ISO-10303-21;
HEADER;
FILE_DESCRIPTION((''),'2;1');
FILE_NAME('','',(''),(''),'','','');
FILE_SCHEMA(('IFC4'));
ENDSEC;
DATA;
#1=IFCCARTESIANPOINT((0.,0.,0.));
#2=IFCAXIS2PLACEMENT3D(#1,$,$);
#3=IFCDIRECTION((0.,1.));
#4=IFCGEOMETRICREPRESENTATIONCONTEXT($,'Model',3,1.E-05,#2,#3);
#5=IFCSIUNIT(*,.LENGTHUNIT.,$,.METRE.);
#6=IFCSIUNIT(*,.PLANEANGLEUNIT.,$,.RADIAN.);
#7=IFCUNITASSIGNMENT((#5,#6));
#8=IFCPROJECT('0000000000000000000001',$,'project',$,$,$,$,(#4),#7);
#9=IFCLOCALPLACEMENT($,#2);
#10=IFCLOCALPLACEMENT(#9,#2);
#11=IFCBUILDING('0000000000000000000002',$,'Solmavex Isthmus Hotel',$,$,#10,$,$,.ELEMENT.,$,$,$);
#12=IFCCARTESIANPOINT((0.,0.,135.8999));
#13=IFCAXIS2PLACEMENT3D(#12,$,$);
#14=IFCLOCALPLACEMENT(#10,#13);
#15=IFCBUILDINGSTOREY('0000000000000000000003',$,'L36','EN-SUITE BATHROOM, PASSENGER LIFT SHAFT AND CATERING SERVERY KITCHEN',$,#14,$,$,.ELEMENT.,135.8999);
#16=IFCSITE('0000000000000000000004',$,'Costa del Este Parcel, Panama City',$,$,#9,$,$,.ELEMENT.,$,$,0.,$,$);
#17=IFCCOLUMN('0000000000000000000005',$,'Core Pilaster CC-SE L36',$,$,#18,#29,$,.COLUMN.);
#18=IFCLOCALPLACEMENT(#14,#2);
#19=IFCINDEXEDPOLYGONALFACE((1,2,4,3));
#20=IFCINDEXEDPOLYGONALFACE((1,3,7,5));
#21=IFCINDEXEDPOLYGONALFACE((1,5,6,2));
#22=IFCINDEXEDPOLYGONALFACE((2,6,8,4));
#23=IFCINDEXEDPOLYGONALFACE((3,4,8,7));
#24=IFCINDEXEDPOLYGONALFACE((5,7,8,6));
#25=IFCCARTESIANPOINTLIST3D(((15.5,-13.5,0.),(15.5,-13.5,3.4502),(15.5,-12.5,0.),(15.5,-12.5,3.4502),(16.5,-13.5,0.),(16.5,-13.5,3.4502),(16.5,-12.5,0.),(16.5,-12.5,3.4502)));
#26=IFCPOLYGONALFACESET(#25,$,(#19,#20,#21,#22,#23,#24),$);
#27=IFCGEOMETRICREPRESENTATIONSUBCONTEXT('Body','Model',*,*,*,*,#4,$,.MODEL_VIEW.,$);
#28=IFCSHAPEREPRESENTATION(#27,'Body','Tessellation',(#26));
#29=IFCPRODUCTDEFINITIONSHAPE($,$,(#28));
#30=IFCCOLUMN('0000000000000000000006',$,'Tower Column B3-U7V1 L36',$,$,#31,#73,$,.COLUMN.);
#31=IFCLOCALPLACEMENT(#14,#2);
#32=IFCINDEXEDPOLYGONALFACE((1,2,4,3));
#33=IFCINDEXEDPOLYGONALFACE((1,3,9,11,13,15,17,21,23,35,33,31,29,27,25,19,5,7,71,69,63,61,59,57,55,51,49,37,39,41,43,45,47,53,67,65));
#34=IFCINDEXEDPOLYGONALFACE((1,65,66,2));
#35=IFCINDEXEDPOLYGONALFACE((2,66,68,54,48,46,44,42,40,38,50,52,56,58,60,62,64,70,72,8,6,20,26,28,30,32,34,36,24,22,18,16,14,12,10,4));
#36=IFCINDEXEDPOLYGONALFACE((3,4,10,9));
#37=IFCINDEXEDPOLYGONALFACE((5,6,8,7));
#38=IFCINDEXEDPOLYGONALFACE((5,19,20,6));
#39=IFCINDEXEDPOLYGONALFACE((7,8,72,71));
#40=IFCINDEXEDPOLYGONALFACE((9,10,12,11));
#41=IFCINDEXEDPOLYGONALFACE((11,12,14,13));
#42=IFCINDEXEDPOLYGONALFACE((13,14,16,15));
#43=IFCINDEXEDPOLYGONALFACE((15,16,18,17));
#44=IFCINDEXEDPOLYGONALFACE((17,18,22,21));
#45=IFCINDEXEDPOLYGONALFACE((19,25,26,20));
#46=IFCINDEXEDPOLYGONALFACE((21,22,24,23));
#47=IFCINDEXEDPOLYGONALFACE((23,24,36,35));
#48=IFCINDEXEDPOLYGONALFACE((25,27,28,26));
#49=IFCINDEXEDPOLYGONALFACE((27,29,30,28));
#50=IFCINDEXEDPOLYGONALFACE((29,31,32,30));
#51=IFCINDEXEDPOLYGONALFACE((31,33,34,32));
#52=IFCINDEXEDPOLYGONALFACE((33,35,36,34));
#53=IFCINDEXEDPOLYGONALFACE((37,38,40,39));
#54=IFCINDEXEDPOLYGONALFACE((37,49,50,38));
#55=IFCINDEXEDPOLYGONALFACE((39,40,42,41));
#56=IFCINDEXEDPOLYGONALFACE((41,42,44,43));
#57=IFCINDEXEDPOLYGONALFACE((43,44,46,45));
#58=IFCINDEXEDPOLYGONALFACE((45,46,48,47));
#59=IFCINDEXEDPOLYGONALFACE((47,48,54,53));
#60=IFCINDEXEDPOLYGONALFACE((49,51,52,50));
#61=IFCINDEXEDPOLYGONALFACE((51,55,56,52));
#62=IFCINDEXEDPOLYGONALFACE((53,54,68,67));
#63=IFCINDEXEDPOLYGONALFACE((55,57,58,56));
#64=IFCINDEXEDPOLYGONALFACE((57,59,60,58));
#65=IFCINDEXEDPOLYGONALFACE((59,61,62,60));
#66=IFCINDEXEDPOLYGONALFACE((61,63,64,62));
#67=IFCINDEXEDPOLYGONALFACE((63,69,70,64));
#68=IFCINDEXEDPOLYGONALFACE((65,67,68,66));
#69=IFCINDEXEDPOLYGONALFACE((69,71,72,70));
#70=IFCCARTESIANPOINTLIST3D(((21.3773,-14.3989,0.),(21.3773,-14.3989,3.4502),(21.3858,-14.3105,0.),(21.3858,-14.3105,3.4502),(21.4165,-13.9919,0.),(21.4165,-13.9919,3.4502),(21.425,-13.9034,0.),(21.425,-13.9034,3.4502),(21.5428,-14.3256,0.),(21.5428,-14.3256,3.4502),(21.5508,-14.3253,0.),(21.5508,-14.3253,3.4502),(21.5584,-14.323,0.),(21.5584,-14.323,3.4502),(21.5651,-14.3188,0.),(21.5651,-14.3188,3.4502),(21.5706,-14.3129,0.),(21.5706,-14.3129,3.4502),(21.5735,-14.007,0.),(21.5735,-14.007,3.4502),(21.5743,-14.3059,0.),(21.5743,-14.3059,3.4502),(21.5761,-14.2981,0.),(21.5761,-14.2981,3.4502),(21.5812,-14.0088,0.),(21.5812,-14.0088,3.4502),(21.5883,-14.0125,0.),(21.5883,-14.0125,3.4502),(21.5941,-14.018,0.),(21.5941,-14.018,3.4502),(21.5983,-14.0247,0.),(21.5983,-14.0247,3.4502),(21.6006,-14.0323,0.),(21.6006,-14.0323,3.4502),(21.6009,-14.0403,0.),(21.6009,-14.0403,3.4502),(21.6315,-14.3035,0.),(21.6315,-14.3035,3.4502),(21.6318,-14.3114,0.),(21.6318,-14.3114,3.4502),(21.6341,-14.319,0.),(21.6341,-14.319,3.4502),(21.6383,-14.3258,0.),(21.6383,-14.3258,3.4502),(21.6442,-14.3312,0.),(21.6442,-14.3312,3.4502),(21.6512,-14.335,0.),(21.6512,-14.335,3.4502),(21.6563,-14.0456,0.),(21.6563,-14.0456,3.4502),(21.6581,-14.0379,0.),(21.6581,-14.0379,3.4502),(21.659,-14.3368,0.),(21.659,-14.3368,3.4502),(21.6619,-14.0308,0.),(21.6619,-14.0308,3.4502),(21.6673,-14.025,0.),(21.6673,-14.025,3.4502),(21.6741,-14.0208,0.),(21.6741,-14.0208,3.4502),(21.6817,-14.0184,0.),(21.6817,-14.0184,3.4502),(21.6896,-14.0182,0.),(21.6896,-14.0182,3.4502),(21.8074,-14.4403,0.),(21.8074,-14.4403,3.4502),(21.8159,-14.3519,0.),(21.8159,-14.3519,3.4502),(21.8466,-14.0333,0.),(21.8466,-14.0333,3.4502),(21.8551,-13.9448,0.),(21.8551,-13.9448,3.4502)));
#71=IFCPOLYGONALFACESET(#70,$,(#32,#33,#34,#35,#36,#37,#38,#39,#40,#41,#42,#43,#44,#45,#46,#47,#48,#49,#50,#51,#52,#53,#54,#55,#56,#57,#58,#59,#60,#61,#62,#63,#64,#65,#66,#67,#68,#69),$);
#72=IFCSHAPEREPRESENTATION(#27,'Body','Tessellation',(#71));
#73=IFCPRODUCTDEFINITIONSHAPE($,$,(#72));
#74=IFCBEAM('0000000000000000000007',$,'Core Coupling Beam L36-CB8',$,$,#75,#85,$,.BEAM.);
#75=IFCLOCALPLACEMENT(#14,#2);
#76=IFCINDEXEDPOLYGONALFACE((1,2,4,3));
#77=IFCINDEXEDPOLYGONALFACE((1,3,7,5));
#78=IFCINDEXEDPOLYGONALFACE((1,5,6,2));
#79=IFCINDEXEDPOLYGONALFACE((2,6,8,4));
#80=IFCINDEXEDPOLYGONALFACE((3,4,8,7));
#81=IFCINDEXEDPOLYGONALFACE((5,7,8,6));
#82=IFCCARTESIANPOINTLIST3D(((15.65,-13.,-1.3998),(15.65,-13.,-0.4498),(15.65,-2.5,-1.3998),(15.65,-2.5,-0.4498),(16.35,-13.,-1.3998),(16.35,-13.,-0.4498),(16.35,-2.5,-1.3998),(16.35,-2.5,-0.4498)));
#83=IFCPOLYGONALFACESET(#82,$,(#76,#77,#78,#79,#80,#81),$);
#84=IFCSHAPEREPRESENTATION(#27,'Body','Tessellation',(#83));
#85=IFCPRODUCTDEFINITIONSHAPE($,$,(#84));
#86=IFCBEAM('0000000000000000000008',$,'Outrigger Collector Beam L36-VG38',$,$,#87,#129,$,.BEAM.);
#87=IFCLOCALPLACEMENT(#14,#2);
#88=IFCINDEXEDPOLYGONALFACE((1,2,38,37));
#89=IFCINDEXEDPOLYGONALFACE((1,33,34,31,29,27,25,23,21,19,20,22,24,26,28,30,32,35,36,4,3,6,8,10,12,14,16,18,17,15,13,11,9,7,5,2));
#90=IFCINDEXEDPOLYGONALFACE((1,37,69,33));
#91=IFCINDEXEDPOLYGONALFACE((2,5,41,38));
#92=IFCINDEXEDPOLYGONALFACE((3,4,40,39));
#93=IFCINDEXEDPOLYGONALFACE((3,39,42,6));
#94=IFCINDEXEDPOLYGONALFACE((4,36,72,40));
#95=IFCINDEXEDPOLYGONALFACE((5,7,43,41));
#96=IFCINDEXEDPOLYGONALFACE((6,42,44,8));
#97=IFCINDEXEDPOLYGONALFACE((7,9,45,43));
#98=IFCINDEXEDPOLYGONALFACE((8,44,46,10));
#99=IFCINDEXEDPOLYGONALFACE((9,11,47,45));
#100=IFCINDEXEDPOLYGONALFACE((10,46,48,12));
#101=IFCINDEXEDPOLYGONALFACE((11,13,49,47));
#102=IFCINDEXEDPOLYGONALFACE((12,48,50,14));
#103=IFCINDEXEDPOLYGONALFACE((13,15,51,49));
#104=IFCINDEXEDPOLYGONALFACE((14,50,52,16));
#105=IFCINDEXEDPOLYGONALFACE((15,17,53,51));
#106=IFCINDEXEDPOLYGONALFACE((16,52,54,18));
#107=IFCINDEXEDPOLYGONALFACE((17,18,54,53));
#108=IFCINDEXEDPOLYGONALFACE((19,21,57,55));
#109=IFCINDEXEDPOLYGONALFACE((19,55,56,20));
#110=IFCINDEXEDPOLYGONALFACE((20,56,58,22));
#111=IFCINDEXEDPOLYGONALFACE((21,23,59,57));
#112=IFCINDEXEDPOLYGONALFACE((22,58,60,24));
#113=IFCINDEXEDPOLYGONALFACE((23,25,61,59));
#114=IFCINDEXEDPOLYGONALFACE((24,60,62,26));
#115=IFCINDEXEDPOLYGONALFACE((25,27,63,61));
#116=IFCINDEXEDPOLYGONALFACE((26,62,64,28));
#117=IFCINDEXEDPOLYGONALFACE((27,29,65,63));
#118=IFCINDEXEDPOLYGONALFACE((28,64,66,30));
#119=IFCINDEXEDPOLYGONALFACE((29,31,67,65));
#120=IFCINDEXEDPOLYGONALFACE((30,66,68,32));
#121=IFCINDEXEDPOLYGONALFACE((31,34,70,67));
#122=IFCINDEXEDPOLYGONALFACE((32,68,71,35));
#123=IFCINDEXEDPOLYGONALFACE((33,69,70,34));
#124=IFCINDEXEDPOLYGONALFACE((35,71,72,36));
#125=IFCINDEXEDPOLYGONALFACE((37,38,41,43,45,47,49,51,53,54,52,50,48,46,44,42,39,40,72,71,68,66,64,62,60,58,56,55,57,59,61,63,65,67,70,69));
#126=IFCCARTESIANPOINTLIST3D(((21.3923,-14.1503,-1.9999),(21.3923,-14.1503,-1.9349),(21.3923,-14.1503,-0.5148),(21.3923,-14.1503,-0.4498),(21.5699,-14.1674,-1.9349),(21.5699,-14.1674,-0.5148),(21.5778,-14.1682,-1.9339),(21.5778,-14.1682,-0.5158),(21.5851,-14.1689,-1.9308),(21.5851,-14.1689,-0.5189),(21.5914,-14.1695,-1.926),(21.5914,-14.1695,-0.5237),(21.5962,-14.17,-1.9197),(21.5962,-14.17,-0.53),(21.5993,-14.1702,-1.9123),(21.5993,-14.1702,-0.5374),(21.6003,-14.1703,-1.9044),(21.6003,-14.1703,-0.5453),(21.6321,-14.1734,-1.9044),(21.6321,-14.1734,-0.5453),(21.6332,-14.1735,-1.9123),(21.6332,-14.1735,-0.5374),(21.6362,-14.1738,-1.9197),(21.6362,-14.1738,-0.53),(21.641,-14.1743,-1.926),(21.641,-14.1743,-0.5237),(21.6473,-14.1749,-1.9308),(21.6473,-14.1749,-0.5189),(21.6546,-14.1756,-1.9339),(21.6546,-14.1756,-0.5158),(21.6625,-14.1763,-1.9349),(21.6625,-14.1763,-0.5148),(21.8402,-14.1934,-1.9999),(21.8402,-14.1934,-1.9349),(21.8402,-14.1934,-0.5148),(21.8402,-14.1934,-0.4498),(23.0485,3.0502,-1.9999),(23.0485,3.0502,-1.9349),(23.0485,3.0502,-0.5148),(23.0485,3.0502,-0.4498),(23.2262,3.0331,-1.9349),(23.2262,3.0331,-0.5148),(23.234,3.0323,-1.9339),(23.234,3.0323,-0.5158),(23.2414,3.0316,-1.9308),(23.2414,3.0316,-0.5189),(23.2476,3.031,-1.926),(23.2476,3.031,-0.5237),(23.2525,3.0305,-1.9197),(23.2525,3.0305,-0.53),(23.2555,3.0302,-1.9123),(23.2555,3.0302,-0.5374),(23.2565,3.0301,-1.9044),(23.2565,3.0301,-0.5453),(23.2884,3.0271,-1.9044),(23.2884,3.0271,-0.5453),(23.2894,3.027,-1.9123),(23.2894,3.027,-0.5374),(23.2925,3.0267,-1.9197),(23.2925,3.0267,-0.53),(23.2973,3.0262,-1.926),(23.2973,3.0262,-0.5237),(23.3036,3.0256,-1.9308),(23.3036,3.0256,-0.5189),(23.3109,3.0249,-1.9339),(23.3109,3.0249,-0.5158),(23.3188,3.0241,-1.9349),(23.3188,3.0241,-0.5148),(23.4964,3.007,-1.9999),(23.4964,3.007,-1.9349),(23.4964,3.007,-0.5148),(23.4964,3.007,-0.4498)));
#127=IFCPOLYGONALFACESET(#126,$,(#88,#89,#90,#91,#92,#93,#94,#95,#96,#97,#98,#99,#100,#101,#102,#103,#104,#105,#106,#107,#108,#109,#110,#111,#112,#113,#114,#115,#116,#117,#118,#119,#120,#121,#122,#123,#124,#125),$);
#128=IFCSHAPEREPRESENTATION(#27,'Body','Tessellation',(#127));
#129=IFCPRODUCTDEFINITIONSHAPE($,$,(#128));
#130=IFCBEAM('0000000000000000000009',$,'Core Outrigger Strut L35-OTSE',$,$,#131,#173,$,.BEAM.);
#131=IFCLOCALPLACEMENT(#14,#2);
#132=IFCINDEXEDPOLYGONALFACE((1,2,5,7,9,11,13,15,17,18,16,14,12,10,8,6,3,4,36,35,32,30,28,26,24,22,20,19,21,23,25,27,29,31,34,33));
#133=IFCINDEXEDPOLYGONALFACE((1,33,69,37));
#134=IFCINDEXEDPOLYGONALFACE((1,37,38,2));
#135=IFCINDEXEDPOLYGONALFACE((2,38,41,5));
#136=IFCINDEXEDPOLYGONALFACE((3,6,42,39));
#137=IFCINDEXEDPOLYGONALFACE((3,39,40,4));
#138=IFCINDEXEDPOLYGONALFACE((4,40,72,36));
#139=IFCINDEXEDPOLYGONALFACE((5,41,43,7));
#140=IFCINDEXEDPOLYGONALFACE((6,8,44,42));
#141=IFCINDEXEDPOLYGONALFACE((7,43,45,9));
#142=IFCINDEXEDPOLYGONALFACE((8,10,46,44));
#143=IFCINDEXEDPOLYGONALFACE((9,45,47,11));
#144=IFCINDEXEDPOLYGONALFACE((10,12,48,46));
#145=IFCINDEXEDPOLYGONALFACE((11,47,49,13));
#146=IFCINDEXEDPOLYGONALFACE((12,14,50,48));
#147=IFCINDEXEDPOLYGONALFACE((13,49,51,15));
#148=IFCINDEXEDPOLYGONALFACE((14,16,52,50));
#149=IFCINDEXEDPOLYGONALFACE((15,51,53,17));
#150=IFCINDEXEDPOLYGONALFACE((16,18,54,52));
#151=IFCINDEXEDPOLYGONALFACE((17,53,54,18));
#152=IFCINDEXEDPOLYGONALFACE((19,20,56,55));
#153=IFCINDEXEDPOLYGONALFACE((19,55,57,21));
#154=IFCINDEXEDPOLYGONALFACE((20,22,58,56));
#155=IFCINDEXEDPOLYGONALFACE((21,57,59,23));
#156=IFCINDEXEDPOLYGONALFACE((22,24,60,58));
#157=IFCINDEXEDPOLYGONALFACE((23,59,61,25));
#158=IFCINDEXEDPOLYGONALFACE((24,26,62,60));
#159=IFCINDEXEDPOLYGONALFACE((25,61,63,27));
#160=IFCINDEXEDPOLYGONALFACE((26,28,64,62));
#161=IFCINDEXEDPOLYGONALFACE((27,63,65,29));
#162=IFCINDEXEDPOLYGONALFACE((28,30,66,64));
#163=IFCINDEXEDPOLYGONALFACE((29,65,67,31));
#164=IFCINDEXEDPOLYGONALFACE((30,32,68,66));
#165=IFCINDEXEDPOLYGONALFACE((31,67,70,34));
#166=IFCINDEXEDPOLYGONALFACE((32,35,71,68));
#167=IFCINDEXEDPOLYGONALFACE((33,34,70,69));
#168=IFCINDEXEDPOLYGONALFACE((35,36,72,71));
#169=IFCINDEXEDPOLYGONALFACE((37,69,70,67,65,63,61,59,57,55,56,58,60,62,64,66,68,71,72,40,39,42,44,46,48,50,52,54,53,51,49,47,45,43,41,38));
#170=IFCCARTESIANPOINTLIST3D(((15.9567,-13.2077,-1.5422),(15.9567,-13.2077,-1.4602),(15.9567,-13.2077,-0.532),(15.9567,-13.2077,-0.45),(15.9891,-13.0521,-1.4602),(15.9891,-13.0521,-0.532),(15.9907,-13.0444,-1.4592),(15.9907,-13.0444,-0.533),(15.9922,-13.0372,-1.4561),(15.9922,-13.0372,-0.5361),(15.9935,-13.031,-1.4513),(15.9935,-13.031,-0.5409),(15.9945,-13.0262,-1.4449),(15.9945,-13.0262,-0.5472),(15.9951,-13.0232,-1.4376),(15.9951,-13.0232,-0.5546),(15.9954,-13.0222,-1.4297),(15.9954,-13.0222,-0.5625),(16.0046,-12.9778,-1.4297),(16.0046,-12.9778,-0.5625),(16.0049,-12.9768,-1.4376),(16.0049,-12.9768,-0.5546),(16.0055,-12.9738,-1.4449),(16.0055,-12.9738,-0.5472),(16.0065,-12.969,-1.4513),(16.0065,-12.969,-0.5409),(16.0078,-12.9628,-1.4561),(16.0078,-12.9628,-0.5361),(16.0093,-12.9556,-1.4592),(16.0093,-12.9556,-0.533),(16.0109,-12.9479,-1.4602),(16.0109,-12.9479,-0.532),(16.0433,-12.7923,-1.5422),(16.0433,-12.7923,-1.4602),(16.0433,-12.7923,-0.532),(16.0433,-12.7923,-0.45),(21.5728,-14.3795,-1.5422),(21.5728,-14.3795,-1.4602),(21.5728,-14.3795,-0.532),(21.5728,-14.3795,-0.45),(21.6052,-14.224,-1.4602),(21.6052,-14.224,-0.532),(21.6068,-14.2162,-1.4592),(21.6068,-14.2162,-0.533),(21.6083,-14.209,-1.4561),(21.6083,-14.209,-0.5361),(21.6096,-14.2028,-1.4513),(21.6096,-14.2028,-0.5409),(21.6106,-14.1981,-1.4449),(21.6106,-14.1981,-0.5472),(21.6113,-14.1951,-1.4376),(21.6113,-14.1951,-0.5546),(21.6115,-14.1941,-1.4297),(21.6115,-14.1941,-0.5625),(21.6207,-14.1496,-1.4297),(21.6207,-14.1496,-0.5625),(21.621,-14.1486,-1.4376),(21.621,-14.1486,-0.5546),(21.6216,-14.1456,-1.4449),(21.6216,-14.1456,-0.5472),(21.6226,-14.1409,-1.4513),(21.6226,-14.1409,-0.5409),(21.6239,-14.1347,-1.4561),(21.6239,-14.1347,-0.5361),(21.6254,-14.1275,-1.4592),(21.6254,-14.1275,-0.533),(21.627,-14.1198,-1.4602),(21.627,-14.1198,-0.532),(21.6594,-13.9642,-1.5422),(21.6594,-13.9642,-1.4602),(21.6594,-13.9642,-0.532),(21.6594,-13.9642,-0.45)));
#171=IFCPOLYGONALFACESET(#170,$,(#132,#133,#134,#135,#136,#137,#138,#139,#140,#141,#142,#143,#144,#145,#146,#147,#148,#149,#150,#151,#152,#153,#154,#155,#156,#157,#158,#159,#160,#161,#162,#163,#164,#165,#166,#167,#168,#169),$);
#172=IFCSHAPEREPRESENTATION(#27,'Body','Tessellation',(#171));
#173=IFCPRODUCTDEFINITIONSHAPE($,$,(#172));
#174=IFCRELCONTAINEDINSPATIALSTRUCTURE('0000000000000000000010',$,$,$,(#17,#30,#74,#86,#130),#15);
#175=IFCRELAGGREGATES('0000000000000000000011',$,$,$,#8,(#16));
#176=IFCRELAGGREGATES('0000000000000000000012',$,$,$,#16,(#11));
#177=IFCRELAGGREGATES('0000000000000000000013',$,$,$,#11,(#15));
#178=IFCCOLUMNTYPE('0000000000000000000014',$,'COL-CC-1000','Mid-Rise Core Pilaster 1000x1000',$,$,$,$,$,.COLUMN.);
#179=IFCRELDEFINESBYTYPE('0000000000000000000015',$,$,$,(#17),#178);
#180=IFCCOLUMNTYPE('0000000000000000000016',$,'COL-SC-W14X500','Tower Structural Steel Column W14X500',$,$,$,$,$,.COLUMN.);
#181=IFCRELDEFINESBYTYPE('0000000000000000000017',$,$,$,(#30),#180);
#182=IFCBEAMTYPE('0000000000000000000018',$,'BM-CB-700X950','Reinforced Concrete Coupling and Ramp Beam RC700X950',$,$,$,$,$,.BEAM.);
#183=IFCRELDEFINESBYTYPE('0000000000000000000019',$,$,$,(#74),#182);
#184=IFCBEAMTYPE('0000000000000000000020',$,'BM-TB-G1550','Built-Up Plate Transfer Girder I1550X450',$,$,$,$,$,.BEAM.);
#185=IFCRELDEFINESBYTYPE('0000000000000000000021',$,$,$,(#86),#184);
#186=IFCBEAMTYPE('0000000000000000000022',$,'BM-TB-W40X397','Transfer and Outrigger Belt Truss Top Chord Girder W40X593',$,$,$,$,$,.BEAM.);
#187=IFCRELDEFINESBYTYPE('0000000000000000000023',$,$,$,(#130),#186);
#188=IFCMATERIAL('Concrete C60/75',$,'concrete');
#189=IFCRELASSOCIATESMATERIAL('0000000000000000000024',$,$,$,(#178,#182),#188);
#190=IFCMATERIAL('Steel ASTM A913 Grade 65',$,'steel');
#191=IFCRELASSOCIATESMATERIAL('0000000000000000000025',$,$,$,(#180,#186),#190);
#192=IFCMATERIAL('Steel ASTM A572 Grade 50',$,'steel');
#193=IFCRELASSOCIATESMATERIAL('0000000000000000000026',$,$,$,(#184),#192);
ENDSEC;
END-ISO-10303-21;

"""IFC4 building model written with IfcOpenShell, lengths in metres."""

from ifc_helpers import new_model, si_unit, direction, frame, origin, origin_2d, place, context, subcontext, project, spatial, rectangle, i_section, extrude, material, material_profile, profile_set, type_object, element, save


model = new_model("IFC4")

# Units and contexts
model_context = context("Model", 3, precision=1e-05, world=origin(), true_north=direction((0.0, 1.0)))
body_context = subcontext(model_context, "Body", "Model", "MODEL_VIEW")
ifc_project = project(units=[si_unit("LENGTHUNIT", "METRE"), si_unit("PLANEANGLEUNIT", "RADIAN")], contexts=[model_context])

# Site, building, storey
site_placement = place(None, origin())
site = spatial("IfcSite", under=ifc_project, at=site_placement, Name="Costa del Este Parcel, Panama City", CompositionType="ELEMENT", RefElevation=0.0)
building_placement = place(site_placement, origin())
building = spatial("IfcBuilding", under=site, at=building_placement, Name="Solmavex Isthmus Hotel", CompositionType="ELEMENT")
storey_placement = place(building_placement, frame((0.0, 0.0, 135.8999)))
storey = spatial("IfcBuildingStorey", under=building, at=storey_placement, Name="L36", Description="EN-SUITE BATHROOM, PASSENGER LIFT SHAFT AND CATERING SERVERY KITCHEN", CompositionType="ELEMENT", Elevation=135.8999)

# Columns
ifc_material_1 = material(Name="Concrete C60/75", Category="concrete")
ifc_material_profile_1 = material_profile(ifc_material_1, rectangle(XDim=1.0, YDim=1.0, at=origin_2d()), Name="RC1000X1000")
ifc_profile_set_1 = profile_set([ifc_material_profile_1], Name="Concrete C60/75")
column_type_1 = type_object("IfcColumnType", Name="COL-CC-1000", Description="Mid-Rise Core Pilaster 1000x1000", PredefinedType="COLUMN", material=ifc_profile_set_1)
column_1_placement = place(storey_placement, frame((16.0, -13.0, 0.0), z_axis=(0.0, 0.0, 1.0), x_axis=(1.0, 0.0, 0.0)))
element("IfcColumn", 1, at=column_1_placement, inside=storey, type_object=column_type_1, Name="Core Pilaster CC-SE L36", PredefinedType="COLUMN", context=body_context, shape_type="SweptSolid", body=[
    extrude(rectangle(XDim=1.0, YDim=1.0, at=origin_2d()), origin(), (0.0, 0.0, 1.0), 3.4502),
])
ifc_material_2 = material(Name="Steel ASTM A913 Grade 65", Category="steel")
ifc_material_profile_2 = material_profile(ifc_material_2, i_section(OverallWidth=0.4321, OverallDepth=0.4978, WebThickness=0.0557, FlangeThickness=0.0889, FilletRadius=0.0305, at=origin_2d()), Name="W14X500")
ifc_profile_set_2 = profile_set([ifc_material_profile_2], Name="Steel ASTM A913 Grade 65")
column_type_2 = type_object("IfcColumnType", Name="COL-SC-W14X500", Description="Tower Structural Steel Column W14X500", PredefinedType="COLUMN", material=ifc_profile_set_2)
column_2_placement = place(storey_placement, frame((21.6162, -14.1719, 0.0), z_axis=(0.0, 0.0, 1.0), x_axis=(0.995396, -0.095846, 0.0)))
element("IfcColumn", 2, at=column_2_placement, inside=storey, type_object=column_type_2, Name="Tower Column B3-U7V1 L36", PredefinedType="COLUMN", context=body_context, shape_type="SweptSolid", body=[
    extrude(i_section(OverallWidth=0.4321, OverallDepth=0.4978, WebThickness=0.0557, FlangeThickness=0.0889, FilletRadius=0.0305, at=origin_2d()), origin(), (0.0, 0.0, 1.0), 3.4502),
])

# Beams
ifc_material_profile_3 = material_profile(ifc_material_1, rectangle(XDim=0.7, YDim=0.95, at=origin_2d()), Name="RC700X950")
ifc_profile_set_3 = profile_set([ifc_material_profile_3], Name="Concrete C60/75")
beam_type_1 = type_object("IfcBeamType", Name="BM-CB-700X950", Description="Reinforced Concrete Coupling and Ramp Beam RC700X950", PredefinedType="BEAM", material=ifc_profile_set_3)
beam_1_placement = place(storey_placement, frame((16.0, -13.0, -0.9248), z_axis=(0.0, 1.0, 0.0), x_axis=(-1.0, 0.0, 0.0)))
element("IfcBeam", 3, at=beam_1_placement, inside=storey, type_object=beam_type_1, Name="Core Coupling Beam L36-CB8", PredefinedType="BEAM", context=body_context, shape_type="SweptSolid", body=[
    extrude(rectangle(XDim=0.7, YDim=0.95, at=origin_2d()), origin(), (0.0, 0.0, 1.0), 10.5),
])
ifc_material_3 = material(Name="Steel ASTM A572 Grade 50", Category="steel")
ifc_material_profile_4 = material_profile(ifc_material_3, i_section(OverallWidth=0.45, OverallDepth=1.55, WebThickness=0.032, FlangeThickness=0.0649, FilletRadius=0.0305, at=origin_2d()), Name="I1550X450")
ifc_profile_set_4 = profile_set([ifc_material_profile_4], Name="Steel ASTM A572 Grade 50")
beam_type_2 = type_object("IfcBeamType", Name="BM-TB-G1550", Description="Built-Up Plate Transfer Girder I1550X450", PredefinedType="BEAM", material=ifc_profile_set_4)
beam_2_placement = place(storey_placement, frame((21.6162, -14.1719, -1.2249), z_axis=(0.095848, 0.995396, 0.0), x_axis=(-0.995396, 0.095848, 0.0)))
element("IfcBeam", 4, at=beam_2_placement, inside=storey, type_object=beam_type_2, Name="Outrigger Collector Beam L36-VG38", PredefinedType="BEAM", context=body_context, shape_type="SweptSolid", body=[
    extrude(i_section(OverallWidth=0.45, OverallDepth=1.55, WebThickness=0.032, FlangeThickness=0.0649, FilletRadius=0.0305, at=origin_2d()), origin(), (0.0, 0.0, 1.0), 17.28),
])
ifc_material_profile_5 = material_profile(ifc_material_2, i_section(OverallWidth=0.4243, OverallDepth=1.0923, WebThickness=0.0454, FlangeThickness=0.082, FilletRadius=0.0305, at=origin_2d()), Name="W40X593")
ifc_profile_set_5 = profile_set([ifc_material_profile_5], Name="Steel ASTM A913 Grade 65")
beam_type_3 = type_object("IfcBeamType", Name="BM-TB-W40X397", Description="Transfer and Outrigger Belt Truss Top Chord Girder W40X593", PredefinedType="BEAM", material=ifc_profile_set_5)
beam_3_placement = place(storey_placement, frame((16.0, -13.0, -0.9961), z_axis=(0.978917, -0.20426, 0.0), x_axis=(0.20426, 0.978917, 0.0)))
element("IfcBeam", 5, at=beam_3_placement, inside=storey, type_object=beam_type_3, Name="Core Outrigger Strut L35-OTSE", PredefinedType="BEAM", context=body_context, shape_type="SweptSolid", body=[
    extrude(i_section(OverallWidth=0.4243, OverallDepth=1.0923, WebThickness=0.0454, FlangeThickness=0.082, FilletRadius=0.0305, at=origin_2d()), origin(), (0.0, 0.0, 1.0), 5.7371),
])

save(model, "model.ifc")
